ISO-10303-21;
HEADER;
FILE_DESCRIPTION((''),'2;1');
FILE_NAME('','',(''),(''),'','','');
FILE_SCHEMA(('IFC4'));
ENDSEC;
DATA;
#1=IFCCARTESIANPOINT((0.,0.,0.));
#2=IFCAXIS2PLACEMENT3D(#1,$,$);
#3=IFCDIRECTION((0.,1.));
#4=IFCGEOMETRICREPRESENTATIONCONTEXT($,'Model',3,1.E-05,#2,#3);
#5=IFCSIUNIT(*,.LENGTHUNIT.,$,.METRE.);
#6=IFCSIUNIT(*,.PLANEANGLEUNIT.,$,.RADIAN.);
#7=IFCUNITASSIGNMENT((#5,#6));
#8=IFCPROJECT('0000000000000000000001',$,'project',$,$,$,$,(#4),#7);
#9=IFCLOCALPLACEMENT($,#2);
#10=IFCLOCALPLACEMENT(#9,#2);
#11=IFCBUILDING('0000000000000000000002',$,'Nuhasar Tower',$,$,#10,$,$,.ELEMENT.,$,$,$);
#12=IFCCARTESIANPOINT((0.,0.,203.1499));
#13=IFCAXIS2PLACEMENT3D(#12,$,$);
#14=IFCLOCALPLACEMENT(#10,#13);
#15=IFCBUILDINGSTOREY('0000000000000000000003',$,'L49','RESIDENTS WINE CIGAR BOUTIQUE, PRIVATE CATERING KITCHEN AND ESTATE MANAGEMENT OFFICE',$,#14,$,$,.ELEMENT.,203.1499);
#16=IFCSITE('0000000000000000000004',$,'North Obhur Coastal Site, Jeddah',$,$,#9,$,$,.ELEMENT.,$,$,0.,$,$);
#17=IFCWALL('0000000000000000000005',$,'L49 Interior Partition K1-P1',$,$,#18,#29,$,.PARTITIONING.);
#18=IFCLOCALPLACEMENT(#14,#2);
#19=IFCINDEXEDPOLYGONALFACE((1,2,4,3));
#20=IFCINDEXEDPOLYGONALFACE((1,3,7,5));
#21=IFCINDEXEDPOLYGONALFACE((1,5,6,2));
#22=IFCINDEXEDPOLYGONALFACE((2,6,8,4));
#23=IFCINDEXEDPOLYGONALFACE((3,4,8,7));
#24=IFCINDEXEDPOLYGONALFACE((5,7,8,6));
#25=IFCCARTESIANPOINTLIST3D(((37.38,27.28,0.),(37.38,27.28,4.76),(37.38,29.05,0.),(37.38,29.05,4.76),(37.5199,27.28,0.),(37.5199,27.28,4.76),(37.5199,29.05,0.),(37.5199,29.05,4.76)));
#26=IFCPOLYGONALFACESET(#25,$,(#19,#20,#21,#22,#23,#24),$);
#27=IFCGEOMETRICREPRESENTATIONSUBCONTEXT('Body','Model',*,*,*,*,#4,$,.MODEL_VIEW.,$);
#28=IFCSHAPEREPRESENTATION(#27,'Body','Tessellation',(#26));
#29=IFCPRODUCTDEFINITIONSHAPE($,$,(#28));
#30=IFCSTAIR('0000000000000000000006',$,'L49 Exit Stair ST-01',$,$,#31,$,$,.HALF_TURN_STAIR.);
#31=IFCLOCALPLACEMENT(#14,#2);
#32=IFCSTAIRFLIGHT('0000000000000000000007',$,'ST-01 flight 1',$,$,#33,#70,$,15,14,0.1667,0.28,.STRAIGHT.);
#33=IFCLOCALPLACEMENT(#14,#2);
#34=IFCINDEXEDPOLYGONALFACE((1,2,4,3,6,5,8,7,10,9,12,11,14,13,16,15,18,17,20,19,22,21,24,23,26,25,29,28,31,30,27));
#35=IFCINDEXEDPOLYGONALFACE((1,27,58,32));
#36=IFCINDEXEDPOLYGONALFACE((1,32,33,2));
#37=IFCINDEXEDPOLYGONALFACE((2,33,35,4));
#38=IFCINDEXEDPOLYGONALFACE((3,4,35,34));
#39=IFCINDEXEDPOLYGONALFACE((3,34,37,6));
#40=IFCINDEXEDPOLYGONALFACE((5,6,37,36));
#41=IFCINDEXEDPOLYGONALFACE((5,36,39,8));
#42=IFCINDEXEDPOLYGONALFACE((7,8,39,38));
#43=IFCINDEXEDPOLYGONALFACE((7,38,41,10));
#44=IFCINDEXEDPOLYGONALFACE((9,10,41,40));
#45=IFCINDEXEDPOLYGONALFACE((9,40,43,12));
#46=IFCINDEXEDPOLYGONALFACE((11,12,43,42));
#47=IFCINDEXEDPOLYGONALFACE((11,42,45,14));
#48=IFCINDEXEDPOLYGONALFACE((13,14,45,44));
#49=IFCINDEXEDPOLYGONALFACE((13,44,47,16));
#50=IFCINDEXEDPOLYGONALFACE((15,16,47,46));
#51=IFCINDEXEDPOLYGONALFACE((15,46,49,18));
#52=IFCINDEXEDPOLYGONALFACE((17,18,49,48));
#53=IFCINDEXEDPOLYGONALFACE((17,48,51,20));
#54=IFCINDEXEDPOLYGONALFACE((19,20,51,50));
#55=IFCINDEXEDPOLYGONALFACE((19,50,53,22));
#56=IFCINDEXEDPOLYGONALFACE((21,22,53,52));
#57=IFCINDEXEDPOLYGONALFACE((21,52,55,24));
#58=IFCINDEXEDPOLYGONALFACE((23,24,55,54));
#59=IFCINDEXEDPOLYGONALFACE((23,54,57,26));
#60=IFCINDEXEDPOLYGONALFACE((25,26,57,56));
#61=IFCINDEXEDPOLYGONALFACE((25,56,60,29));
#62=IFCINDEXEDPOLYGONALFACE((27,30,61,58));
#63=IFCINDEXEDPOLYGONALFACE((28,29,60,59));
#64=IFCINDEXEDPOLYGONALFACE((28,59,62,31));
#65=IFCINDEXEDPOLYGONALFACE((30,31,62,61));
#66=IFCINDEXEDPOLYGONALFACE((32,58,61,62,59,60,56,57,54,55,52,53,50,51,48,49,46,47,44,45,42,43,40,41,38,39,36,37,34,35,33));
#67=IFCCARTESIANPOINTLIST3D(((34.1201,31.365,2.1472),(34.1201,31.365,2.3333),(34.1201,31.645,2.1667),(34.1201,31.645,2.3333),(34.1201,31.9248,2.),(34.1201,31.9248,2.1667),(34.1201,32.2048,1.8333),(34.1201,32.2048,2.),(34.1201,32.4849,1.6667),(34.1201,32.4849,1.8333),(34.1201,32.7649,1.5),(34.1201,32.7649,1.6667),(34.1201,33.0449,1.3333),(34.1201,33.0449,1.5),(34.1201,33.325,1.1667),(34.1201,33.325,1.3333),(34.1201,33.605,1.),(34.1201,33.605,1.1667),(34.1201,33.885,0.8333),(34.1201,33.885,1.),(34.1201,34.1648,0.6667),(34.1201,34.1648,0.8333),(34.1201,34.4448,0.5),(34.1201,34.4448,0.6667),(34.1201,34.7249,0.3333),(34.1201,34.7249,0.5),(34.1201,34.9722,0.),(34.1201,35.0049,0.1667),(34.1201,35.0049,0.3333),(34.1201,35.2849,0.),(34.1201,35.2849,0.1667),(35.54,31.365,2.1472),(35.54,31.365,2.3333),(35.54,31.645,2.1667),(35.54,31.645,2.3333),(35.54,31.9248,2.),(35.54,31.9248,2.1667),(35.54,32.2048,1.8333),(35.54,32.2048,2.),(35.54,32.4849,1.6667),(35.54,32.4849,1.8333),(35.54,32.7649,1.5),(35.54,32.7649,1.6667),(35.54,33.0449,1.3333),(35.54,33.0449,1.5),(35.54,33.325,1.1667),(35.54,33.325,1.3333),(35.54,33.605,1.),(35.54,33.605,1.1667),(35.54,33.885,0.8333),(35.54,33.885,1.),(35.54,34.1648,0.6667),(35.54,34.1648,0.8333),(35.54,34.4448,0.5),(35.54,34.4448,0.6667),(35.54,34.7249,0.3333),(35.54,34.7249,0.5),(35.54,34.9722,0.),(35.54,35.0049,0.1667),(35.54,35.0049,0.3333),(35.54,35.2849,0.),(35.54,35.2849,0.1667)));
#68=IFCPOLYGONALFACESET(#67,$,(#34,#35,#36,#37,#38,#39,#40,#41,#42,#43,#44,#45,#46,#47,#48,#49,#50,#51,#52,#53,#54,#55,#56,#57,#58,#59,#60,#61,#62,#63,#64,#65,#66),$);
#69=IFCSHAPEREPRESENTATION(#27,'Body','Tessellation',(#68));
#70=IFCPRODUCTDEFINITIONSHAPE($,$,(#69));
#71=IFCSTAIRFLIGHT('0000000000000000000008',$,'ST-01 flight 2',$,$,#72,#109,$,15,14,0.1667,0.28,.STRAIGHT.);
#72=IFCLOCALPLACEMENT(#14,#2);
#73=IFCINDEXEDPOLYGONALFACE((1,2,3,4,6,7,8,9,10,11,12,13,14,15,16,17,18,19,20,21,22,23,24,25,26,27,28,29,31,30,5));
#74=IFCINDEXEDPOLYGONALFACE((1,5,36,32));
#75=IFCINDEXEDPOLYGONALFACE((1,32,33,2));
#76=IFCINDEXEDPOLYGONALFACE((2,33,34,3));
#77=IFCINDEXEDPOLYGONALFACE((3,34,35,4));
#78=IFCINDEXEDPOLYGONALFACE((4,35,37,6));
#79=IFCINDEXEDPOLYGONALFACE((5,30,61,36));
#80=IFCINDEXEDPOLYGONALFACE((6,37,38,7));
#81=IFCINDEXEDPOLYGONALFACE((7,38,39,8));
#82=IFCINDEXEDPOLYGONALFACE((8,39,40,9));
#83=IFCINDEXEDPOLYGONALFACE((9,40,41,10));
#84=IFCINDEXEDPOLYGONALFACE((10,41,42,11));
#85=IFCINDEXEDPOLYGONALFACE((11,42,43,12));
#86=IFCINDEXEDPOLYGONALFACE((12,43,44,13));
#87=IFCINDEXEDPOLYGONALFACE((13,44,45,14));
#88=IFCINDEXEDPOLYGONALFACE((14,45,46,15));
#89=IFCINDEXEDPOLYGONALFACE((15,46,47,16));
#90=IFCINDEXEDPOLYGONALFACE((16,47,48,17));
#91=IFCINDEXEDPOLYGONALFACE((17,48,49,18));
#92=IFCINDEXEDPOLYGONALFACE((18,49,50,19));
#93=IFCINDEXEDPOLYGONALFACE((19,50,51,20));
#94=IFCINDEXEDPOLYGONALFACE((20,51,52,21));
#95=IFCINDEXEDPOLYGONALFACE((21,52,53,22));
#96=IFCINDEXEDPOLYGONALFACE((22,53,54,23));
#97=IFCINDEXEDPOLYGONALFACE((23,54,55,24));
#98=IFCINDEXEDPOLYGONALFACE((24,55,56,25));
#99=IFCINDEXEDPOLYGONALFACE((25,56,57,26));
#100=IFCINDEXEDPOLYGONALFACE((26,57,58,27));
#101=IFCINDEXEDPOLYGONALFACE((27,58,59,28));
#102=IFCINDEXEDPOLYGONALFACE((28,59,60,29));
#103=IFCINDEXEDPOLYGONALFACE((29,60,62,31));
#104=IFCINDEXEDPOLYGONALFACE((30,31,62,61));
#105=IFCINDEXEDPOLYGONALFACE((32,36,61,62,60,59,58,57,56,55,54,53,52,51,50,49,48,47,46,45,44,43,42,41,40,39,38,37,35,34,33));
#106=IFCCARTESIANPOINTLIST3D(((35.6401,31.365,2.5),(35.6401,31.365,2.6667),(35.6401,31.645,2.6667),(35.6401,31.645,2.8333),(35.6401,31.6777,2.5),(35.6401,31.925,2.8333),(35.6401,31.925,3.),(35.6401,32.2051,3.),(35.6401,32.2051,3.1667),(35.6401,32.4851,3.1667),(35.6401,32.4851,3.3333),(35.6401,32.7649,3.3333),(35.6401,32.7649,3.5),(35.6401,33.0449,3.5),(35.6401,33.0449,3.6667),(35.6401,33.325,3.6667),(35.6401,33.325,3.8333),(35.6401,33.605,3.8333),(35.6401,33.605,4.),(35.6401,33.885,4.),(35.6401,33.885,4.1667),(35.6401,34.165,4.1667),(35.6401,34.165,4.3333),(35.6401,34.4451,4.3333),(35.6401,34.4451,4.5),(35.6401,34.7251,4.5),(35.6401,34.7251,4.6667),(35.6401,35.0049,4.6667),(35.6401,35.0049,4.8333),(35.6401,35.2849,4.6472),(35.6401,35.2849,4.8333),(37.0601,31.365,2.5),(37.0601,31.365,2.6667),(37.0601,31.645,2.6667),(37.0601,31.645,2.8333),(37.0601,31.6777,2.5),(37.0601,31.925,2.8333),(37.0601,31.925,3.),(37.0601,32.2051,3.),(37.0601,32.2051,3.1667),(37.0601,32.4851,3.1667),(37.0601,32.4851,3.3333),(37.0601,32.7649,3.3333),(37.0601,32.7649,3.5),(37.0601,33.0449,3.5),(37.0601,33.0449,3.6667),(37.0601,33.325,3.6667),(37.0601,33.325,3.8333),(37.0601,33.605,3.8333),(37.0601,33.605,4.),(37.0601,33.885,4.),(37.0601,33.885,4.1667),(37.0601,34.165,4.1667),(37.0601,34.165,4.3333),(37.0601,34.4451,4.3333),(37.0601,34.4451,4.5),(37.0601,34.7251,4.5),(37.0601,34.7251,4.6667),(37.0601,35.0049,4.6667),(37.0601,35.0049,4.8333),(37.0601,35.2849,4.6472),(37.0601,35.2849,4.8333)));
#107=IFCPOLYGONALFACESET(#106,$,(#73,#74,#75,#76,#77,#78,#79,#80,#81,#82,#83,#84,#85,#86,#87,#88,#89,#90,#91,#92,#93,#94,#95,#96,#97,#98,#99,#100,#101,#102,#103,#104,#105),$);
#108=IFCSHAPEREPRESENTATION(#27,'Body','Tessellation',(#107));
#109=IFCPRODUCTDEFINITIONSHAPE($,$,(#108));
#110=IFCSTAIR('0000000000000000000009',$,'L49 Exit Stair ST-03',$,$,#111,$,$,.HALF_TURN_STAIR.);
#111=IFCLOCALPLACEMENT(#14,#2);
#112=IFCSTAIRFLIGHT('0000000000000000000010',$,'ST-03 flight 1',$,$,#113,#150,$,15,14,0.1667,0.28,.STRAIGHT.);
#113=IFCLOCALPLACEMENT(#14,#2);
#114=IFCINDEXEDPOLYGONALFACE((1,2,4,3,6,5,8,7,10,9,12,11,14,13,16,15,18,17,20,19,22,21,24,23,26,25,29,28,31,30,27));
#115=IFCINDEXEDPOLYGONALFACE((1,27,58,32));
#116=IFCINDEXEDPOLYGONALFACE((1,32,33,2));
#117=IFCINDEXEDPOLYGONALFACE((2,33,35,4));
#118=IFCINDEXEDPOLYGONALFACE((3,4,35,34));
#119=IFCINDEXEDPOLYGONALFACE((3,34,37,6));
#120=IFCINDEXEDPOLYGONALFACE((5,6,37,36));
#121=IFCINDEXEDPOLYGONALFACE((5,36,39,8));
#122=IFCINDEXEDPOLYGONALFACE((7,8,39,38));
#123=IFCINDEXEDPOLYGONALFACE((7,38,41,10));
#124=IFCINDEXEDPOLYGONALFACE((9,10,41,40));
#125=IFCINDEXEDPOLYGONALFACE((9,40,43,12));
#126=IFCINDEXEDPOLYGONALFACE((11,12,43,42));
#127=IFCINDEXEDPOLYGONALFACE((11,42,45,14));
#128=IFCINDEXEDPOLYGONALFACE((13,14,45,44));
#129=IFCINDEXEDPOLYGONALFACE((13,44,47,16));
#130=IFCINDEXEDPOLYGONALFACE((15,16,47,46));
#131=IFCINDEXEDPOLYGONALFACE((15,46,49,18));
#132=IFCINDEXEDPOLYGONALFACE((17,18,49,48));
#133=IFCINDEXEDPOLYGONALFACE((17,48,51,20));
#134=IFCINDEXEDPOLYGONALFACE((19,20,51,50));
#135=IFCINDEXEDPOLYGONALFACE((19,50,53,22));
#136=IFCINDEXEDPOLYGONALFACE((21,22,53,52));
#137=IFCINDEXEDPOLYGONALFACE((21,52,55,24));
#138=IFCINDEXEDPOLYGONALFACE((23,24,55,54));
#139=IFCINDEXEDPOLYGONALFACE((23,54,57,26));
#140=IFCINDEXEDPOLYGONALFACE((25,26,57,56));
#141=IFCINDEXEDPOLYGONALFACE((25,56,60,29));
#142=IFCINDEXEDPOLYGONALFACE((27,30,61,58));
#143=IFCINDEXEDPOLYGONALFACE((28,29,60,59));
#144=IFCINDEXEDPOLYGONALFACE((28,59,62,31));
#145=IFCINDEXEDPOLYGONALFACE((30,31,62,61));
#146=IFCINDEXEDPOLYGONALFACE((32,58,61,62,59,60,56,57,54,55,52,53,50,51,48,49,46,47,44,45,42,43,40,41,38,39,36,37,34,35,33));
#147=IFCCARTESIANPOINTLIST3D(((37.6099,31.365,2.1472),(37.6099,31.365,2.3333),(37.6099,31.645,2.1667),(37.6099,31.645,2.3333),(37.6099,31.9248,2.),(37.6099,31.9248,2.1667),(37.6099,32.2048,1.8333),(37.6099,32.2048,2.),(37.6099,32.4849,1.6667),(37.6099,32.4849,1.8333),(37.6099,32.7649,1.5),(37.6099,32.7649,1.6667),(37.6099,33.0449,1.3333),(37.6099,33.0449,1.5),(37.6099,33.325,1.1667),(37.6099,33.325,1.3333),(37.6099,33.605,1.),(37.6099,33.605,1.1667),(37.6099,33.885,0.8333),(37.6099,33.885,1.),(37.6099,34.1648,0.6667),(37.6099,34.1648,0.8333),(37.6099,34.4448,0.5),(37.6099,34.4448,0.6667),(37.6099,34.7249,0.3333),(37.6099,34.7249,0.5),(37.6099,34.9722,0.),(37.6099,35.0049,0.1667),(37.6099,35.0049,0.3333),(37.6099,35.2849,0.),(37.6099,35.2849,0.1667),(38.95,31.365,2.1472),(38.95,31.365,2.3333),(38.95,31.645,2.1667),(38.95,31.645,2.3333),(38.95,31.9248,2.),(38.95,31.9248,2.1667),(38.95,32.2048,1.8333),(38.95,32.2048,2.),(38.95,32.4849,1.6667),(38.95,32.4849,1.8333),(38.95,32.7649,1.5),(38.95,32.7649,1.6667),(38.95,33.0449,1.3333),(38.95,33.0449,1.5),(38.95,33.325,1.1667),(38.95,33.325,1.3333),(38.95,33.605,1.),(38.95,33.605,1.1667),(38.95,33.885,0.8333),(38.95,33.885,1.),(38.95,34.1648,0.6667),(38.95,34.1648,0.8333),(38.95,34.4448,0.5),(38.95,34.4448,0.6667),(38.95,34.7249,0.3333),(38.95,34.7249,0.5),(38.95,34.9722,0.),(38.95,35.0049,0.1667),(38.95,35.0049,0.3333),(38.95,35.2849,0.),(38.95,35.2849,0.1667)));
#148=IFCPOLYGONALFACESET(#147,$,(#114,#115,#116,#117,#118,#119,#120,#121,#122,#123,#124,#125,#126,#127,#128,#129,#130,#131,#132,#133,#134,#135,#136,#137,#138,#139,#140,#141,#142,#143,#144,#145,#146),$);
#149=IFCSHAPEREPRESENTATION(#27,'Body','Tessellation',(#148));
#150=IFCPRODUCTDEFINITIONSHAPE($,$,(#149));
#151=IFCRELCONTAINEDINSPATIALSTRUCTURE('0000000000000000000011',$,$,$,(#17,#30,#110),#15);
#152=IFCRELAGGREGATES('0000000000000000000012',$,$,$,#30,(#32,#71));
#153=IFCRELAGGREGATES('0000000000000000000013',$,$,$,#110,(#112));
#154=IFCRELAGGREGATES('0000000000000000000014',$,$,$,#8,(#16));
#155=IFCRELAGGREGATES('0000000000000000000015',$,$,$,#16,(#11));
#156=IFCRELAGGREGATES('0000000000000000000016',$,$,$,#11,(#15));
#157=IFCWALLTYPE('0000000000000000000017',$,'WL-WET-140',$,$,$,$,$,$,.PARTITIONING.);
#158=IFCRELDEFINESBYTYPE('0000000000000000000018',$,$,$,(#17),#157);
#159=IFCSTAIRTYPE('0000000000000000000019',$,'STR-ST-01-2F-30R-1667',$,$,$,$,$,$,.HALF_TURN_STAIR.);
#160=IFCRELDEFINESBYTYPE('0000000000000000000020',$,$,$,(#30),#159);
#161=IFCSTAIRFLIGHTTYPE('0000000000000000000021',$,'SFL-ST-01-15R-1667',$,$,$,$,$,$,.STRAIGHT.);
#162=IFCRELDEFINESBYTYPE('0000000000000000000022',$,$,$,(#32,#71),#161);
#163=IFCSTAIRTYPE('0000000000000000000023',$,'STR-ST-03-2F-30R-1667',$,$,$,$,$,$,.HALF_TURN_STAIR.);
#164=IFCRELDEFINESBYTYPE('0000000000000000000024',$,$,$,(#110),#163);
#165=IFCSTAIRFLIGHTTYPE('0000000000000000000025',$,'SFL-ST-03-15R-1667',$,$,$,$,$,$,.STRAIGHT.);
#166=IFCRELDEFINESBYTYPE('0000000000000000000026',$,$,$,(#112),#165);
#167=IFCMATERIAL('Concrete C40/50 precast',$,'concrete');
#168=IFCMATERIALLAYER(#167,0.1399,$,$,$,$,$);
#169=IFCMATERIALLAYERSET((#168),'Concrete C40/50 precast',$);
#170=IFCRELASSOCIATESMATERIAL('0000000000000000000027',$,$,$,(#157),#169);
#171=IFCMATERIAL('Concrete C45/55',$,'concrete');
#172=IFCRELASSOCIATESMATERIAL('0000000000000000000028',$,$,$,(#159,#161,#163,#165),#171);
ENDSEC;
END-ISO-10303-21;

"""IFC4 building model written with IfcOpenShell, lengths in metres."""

from ifc_helpers import new_model, si_unit, direction, frame, frame_2d, origin, place, context, subcontext, project, spatial, polyline, rectangle, outline, extrude, material, layer, layer_set, type_object, element, aggregate, save


model = new_model("IFC4")

# Units and contexts
model_context = context("Model", 3, precision=1e-05, world=origin(), true_north=direction((0.0, 1.0)))
body_context = subcontext(model_context, "Body", "Model", "MODEL_VIEW")
ifc_project = project(units=[si_unit("LENGTHUNIT", "METRE"), si_unit("PLANEANGLEUNIT", "RADIAN")], contexts=[model_context])

# Site, building, storey
site_placement = place(None, origin())
site = spatial("IfcSite", under=ifc_project, at=site_placement, Name="North Obhur Coastal Site, Jeddah", CompositionType="ELEMENT", RefElevation=0.0)
building_placement = place(site_placement, origin())
building = spatial("IfcBuilding", under=site, at=building_placement, Name="Nuhasar Tower", CompositionType="ELEMENT")
storey_placement = place(building_placement, frame((0.0, 0.0, 203.1499)))
storey = spatial("IfcBuildingStorey", under=building, at=storey_placement, Name="L49", Description="RESIDENTS WINE CIGAR BOUTIQUE, PRIVATE CATERING KITCHEN AND ESTATE MANAGEMENT OFFICE", CompositionType="ELEMENT", Elevation=203.1499)

# Shared definitions
ifc_material_1 = material(Name="Concrete C45/55", Category="concrete")

# Shared definitions
ifc_material_2 = material(Name="Concrete C40/50 precast", Category="concrete")
ifc_layer_1 = layer(ifc_material_2, 0.1399)
ifc_layer_set_1 = layer_set([ifc_layer_1], Name="Concrete C40/50 precast")
wall_type_1 = type_object("IfcWallType", Name="WL-WET-140", PredefinedType="PARTITIONING", material=ifc_layer_set_1)

# Wall
wall_1_placement = place(storey_placement, frame((37.45, 27.28, 0.0), z_axis=(0.0, 0.0, 1.0), x_axis=(0.0, 1.0, 0.0)))
element("IfcWall", 1, at=wall_1_placement, inside=storey, type_object=wall_type_1, Name="L49 Interior Partition K1-P1", PredefinedType="PARTITIONING", context=body_context, shape_type="SweptSolid", body=[
    extrude(rectangle(XDim=1.77, YDim=0.1399, at=frame_2d((0.885, 0.0))), origin(), (0.0, 0.0, 1.0), 4.76),
])

# Stair, stair flights
stair_type_1 = type_object("IfcStairType", Name="STR-ST-01-2F-30R-1667", PredefinedType="HALF_TURN_STAIR", material=ifc_material_1)
stair_1_placement = place(storey_placement, origin())
stair_1 = element("IfcStair", 2, at=stair_1_placement, inside=storey, type_object=stair_type_1, Name="L49 Exit Stair ST-01", PredefinedType="HALF_TURN_STAIR")
stair_flight_type_1 = type_object("IfcStairFlightType", Name="SFL-ST-01-15R-1667", PredefinedType="STRAIGHT", material=ifc_material_1)
stair_flight_1_placement = place(storey_placement, frame((34.8301, 35.2849, 0.0), z_axis=(0.0, 0.0, 1.0), x_axis=(0.0, -1.0, 0.0)))
stair_flight_1 = element("IfcStairFlight", 3, at=stair_flight_1_placement, type_object=stair_flight_type_1, Name="ST-01 flight 1", NumberOfRisers=15, NumberOfTreads=14, PredefinedType="STRAIGHT", RiserHeight=0.1667, TreadLength=0.28, context=body_context, shape_type="SweptSolid", body=[
    extrude(outline(polyline([(0.0, 0.0), (0.0, 0.1667), (0.28, 0.1667), (0.28, 0.3333), (0.5601, 0.3333), (0.5601, 0.5), (0.8401, 0.5), (0.8401, 0.6667), (1.1201, 0.6667), (1.1201, 0.8333), (1.3999, 0.8333), (1.3999, 1.0), (1.6799, 1.0), (1.6799, 1.1667), (1.96, 1.1667), (1.96, 1.3333), (2.24, 1.3333), (2.24, 1.5), (2.52, 1.5), (2.52, 1.6667), (2.8, 1.6667), (2.8, 1.8333), (3.0801, 1.8333), (3.0801, 2.0), (3.3601, 2.0), (3.3601, 2.1667), (3.6399, 2.1667), (3.6399, 2.3333), (3.9199, 2.3333), (3.9199, 2.5), (3.9199, 2.1472), (0.3127, 0.0), (0.0, 0.0)])), frame((0.0, 0.71, 0.0), z_axis=(0.0, -1.0, 0.0), x_axis=(1.0, 0.0, 0.0)), (0.0, 0.0, 1.0), 1.4199),
])
stair_flight_2_placement = place(storey_placement, frame((36.3501, 31.365, 2.5), z_axis=(0.0, 0.0, 1.0), x_axis=(0.0, 1.0, 0.0)))
stair_flight_2 = element("IfcStairFlight", 4, at=stair_flight_2_placement, type_object=stair_flight_type_1, Name="ST-01 flight 2", NumberOfRisers=15, NumberOfTreads=14, PredefinedType="STRAIGHT", RiserHeight=0.1667, TreadLength=0.28, context=body_context, shape_type="SweptSolid", body=[
    extrude(outline(polyline([(0.0, 0.0), (0.0, 0.1667), (0.28, 0.1667), (0.28, 0.3333), (0.5601, 0.3333), (0.5601, 0.5), (0.8401, 0.5), (0.8401, 0.6667), (1.1201, 0.6667), (1.1201, 0.8333), (1.3999, 0.8333), (1.3999, 1.0), (1.6799, 1.0), (1.6799, 1.1667), (1.96, 1.1667), (1.96, 1.3333), (2.24, 1.3333), (2.24, 1.5), (2.52, 1.5), (2.52, 1.6667), (2.8, 1.6667), (2.8, 1.8333), (3.0801, 1.8333), (3.0801, 2.0), (3.3601, 2.0), (3.3601, 2.1667), (3.6399, 2.1667), (3.6399, 2.3333), (3.9199, 2.3333), (3.9199, 2.5), (3.9199, 2.1472), (0.3127, 0.0), (0.0, 0.0)])), frame((0.0, 0.71, 0.0), z_axis=(0.0, -1.0, 0.0), x_axis=(1.0, 0.0, 0.0)), (0.0, 0.0, 1.0), 1.4199),
])
aggregate(stair_1, [stair_flight_1, stair_flight_2])

# Stair, stair flight
stair_type_2 = type_object("IfcStairType", Name="STR-ST-03-2F-30R-1667", PredefinedType="HALF_TURN_STAIR", material=ifc_material_1)
stair_2_placement = place(storey_placement, origin())
stair_2 = element("IfcStair", 5, at=stair_2_placement, inside=storey, type_object=stair_type_2, Name="L49 Exit Stair ST-03", PredefinedType="HALF_TURN_STAIR")
stair_flight_type_2 = type_object("IfcStairFlightType", Name="SFL-ST-03-15R-1667", PredefinedType="STRAIGHT", material=ifc_material_1)
stair_flight_3_placement = place(storey_placement, frame((38.28, 35.2849, 0.0), z_axis=(0.0, 0.0, 1.0), x_axis=(0.0, -1.0, 0.0)))
stair_flight_3 = element("IfcStairFlight", 6, at=stair_flight_3_placement, type_object=stair_flight_type_2, Name="ST-03 flight 1", NumberOfRisers=15, NumberOfTreads=14, PredefinedType="STRAIGHT", RiserHeight=0.1667, TreadLength=0.28, context=body_context, shape_type="SweptSolid", body=[
    extrude(outline(polyline([(0.0, 0.0), (0.0, 0.1667), (0.28, 0.1667), (0.28, 0.3333), (0.5601, 0.3333), (0.5601, 0.5), (0.8401, 0.5), (0.8401, 0.6667), (1.1201, 0.6667), (1.1201, 0.8333), (1.3999, 0.8333), (1.3999, 1.0), (1.6799, 1.0), (1.6799, 1.1667), (1.96, 1.1667), (1.96, 1.3333), (2.24, 1.3333), (2.24, 1.5), (2.52, 1.5), (2.52, 1.6667), (2.8, 1.6667), (2.8, 1.8333), (3.0801, 1.8333), (3.0801, 2.0), (3.3601, 2.0), (3.3601, 2.1667), (3.6399, 2.1667), (3.6399, 2.3333), (3.9199, 2.3333), (3.9199, 2.5), (3.9199, 2.1472), (0.3127, 0.0), (0.0, 0.0)])), frame((0.0, 0.6699, 0.0), z_axis=(0.0, -1.0, 0.0), x_axis=(1.0, 0.0, 0.0)), (0.0, 0.0, 1.0), 1.3401),
])
aggregate(stair_2, [stair_flight_3])

save(model, "model.ifc")
